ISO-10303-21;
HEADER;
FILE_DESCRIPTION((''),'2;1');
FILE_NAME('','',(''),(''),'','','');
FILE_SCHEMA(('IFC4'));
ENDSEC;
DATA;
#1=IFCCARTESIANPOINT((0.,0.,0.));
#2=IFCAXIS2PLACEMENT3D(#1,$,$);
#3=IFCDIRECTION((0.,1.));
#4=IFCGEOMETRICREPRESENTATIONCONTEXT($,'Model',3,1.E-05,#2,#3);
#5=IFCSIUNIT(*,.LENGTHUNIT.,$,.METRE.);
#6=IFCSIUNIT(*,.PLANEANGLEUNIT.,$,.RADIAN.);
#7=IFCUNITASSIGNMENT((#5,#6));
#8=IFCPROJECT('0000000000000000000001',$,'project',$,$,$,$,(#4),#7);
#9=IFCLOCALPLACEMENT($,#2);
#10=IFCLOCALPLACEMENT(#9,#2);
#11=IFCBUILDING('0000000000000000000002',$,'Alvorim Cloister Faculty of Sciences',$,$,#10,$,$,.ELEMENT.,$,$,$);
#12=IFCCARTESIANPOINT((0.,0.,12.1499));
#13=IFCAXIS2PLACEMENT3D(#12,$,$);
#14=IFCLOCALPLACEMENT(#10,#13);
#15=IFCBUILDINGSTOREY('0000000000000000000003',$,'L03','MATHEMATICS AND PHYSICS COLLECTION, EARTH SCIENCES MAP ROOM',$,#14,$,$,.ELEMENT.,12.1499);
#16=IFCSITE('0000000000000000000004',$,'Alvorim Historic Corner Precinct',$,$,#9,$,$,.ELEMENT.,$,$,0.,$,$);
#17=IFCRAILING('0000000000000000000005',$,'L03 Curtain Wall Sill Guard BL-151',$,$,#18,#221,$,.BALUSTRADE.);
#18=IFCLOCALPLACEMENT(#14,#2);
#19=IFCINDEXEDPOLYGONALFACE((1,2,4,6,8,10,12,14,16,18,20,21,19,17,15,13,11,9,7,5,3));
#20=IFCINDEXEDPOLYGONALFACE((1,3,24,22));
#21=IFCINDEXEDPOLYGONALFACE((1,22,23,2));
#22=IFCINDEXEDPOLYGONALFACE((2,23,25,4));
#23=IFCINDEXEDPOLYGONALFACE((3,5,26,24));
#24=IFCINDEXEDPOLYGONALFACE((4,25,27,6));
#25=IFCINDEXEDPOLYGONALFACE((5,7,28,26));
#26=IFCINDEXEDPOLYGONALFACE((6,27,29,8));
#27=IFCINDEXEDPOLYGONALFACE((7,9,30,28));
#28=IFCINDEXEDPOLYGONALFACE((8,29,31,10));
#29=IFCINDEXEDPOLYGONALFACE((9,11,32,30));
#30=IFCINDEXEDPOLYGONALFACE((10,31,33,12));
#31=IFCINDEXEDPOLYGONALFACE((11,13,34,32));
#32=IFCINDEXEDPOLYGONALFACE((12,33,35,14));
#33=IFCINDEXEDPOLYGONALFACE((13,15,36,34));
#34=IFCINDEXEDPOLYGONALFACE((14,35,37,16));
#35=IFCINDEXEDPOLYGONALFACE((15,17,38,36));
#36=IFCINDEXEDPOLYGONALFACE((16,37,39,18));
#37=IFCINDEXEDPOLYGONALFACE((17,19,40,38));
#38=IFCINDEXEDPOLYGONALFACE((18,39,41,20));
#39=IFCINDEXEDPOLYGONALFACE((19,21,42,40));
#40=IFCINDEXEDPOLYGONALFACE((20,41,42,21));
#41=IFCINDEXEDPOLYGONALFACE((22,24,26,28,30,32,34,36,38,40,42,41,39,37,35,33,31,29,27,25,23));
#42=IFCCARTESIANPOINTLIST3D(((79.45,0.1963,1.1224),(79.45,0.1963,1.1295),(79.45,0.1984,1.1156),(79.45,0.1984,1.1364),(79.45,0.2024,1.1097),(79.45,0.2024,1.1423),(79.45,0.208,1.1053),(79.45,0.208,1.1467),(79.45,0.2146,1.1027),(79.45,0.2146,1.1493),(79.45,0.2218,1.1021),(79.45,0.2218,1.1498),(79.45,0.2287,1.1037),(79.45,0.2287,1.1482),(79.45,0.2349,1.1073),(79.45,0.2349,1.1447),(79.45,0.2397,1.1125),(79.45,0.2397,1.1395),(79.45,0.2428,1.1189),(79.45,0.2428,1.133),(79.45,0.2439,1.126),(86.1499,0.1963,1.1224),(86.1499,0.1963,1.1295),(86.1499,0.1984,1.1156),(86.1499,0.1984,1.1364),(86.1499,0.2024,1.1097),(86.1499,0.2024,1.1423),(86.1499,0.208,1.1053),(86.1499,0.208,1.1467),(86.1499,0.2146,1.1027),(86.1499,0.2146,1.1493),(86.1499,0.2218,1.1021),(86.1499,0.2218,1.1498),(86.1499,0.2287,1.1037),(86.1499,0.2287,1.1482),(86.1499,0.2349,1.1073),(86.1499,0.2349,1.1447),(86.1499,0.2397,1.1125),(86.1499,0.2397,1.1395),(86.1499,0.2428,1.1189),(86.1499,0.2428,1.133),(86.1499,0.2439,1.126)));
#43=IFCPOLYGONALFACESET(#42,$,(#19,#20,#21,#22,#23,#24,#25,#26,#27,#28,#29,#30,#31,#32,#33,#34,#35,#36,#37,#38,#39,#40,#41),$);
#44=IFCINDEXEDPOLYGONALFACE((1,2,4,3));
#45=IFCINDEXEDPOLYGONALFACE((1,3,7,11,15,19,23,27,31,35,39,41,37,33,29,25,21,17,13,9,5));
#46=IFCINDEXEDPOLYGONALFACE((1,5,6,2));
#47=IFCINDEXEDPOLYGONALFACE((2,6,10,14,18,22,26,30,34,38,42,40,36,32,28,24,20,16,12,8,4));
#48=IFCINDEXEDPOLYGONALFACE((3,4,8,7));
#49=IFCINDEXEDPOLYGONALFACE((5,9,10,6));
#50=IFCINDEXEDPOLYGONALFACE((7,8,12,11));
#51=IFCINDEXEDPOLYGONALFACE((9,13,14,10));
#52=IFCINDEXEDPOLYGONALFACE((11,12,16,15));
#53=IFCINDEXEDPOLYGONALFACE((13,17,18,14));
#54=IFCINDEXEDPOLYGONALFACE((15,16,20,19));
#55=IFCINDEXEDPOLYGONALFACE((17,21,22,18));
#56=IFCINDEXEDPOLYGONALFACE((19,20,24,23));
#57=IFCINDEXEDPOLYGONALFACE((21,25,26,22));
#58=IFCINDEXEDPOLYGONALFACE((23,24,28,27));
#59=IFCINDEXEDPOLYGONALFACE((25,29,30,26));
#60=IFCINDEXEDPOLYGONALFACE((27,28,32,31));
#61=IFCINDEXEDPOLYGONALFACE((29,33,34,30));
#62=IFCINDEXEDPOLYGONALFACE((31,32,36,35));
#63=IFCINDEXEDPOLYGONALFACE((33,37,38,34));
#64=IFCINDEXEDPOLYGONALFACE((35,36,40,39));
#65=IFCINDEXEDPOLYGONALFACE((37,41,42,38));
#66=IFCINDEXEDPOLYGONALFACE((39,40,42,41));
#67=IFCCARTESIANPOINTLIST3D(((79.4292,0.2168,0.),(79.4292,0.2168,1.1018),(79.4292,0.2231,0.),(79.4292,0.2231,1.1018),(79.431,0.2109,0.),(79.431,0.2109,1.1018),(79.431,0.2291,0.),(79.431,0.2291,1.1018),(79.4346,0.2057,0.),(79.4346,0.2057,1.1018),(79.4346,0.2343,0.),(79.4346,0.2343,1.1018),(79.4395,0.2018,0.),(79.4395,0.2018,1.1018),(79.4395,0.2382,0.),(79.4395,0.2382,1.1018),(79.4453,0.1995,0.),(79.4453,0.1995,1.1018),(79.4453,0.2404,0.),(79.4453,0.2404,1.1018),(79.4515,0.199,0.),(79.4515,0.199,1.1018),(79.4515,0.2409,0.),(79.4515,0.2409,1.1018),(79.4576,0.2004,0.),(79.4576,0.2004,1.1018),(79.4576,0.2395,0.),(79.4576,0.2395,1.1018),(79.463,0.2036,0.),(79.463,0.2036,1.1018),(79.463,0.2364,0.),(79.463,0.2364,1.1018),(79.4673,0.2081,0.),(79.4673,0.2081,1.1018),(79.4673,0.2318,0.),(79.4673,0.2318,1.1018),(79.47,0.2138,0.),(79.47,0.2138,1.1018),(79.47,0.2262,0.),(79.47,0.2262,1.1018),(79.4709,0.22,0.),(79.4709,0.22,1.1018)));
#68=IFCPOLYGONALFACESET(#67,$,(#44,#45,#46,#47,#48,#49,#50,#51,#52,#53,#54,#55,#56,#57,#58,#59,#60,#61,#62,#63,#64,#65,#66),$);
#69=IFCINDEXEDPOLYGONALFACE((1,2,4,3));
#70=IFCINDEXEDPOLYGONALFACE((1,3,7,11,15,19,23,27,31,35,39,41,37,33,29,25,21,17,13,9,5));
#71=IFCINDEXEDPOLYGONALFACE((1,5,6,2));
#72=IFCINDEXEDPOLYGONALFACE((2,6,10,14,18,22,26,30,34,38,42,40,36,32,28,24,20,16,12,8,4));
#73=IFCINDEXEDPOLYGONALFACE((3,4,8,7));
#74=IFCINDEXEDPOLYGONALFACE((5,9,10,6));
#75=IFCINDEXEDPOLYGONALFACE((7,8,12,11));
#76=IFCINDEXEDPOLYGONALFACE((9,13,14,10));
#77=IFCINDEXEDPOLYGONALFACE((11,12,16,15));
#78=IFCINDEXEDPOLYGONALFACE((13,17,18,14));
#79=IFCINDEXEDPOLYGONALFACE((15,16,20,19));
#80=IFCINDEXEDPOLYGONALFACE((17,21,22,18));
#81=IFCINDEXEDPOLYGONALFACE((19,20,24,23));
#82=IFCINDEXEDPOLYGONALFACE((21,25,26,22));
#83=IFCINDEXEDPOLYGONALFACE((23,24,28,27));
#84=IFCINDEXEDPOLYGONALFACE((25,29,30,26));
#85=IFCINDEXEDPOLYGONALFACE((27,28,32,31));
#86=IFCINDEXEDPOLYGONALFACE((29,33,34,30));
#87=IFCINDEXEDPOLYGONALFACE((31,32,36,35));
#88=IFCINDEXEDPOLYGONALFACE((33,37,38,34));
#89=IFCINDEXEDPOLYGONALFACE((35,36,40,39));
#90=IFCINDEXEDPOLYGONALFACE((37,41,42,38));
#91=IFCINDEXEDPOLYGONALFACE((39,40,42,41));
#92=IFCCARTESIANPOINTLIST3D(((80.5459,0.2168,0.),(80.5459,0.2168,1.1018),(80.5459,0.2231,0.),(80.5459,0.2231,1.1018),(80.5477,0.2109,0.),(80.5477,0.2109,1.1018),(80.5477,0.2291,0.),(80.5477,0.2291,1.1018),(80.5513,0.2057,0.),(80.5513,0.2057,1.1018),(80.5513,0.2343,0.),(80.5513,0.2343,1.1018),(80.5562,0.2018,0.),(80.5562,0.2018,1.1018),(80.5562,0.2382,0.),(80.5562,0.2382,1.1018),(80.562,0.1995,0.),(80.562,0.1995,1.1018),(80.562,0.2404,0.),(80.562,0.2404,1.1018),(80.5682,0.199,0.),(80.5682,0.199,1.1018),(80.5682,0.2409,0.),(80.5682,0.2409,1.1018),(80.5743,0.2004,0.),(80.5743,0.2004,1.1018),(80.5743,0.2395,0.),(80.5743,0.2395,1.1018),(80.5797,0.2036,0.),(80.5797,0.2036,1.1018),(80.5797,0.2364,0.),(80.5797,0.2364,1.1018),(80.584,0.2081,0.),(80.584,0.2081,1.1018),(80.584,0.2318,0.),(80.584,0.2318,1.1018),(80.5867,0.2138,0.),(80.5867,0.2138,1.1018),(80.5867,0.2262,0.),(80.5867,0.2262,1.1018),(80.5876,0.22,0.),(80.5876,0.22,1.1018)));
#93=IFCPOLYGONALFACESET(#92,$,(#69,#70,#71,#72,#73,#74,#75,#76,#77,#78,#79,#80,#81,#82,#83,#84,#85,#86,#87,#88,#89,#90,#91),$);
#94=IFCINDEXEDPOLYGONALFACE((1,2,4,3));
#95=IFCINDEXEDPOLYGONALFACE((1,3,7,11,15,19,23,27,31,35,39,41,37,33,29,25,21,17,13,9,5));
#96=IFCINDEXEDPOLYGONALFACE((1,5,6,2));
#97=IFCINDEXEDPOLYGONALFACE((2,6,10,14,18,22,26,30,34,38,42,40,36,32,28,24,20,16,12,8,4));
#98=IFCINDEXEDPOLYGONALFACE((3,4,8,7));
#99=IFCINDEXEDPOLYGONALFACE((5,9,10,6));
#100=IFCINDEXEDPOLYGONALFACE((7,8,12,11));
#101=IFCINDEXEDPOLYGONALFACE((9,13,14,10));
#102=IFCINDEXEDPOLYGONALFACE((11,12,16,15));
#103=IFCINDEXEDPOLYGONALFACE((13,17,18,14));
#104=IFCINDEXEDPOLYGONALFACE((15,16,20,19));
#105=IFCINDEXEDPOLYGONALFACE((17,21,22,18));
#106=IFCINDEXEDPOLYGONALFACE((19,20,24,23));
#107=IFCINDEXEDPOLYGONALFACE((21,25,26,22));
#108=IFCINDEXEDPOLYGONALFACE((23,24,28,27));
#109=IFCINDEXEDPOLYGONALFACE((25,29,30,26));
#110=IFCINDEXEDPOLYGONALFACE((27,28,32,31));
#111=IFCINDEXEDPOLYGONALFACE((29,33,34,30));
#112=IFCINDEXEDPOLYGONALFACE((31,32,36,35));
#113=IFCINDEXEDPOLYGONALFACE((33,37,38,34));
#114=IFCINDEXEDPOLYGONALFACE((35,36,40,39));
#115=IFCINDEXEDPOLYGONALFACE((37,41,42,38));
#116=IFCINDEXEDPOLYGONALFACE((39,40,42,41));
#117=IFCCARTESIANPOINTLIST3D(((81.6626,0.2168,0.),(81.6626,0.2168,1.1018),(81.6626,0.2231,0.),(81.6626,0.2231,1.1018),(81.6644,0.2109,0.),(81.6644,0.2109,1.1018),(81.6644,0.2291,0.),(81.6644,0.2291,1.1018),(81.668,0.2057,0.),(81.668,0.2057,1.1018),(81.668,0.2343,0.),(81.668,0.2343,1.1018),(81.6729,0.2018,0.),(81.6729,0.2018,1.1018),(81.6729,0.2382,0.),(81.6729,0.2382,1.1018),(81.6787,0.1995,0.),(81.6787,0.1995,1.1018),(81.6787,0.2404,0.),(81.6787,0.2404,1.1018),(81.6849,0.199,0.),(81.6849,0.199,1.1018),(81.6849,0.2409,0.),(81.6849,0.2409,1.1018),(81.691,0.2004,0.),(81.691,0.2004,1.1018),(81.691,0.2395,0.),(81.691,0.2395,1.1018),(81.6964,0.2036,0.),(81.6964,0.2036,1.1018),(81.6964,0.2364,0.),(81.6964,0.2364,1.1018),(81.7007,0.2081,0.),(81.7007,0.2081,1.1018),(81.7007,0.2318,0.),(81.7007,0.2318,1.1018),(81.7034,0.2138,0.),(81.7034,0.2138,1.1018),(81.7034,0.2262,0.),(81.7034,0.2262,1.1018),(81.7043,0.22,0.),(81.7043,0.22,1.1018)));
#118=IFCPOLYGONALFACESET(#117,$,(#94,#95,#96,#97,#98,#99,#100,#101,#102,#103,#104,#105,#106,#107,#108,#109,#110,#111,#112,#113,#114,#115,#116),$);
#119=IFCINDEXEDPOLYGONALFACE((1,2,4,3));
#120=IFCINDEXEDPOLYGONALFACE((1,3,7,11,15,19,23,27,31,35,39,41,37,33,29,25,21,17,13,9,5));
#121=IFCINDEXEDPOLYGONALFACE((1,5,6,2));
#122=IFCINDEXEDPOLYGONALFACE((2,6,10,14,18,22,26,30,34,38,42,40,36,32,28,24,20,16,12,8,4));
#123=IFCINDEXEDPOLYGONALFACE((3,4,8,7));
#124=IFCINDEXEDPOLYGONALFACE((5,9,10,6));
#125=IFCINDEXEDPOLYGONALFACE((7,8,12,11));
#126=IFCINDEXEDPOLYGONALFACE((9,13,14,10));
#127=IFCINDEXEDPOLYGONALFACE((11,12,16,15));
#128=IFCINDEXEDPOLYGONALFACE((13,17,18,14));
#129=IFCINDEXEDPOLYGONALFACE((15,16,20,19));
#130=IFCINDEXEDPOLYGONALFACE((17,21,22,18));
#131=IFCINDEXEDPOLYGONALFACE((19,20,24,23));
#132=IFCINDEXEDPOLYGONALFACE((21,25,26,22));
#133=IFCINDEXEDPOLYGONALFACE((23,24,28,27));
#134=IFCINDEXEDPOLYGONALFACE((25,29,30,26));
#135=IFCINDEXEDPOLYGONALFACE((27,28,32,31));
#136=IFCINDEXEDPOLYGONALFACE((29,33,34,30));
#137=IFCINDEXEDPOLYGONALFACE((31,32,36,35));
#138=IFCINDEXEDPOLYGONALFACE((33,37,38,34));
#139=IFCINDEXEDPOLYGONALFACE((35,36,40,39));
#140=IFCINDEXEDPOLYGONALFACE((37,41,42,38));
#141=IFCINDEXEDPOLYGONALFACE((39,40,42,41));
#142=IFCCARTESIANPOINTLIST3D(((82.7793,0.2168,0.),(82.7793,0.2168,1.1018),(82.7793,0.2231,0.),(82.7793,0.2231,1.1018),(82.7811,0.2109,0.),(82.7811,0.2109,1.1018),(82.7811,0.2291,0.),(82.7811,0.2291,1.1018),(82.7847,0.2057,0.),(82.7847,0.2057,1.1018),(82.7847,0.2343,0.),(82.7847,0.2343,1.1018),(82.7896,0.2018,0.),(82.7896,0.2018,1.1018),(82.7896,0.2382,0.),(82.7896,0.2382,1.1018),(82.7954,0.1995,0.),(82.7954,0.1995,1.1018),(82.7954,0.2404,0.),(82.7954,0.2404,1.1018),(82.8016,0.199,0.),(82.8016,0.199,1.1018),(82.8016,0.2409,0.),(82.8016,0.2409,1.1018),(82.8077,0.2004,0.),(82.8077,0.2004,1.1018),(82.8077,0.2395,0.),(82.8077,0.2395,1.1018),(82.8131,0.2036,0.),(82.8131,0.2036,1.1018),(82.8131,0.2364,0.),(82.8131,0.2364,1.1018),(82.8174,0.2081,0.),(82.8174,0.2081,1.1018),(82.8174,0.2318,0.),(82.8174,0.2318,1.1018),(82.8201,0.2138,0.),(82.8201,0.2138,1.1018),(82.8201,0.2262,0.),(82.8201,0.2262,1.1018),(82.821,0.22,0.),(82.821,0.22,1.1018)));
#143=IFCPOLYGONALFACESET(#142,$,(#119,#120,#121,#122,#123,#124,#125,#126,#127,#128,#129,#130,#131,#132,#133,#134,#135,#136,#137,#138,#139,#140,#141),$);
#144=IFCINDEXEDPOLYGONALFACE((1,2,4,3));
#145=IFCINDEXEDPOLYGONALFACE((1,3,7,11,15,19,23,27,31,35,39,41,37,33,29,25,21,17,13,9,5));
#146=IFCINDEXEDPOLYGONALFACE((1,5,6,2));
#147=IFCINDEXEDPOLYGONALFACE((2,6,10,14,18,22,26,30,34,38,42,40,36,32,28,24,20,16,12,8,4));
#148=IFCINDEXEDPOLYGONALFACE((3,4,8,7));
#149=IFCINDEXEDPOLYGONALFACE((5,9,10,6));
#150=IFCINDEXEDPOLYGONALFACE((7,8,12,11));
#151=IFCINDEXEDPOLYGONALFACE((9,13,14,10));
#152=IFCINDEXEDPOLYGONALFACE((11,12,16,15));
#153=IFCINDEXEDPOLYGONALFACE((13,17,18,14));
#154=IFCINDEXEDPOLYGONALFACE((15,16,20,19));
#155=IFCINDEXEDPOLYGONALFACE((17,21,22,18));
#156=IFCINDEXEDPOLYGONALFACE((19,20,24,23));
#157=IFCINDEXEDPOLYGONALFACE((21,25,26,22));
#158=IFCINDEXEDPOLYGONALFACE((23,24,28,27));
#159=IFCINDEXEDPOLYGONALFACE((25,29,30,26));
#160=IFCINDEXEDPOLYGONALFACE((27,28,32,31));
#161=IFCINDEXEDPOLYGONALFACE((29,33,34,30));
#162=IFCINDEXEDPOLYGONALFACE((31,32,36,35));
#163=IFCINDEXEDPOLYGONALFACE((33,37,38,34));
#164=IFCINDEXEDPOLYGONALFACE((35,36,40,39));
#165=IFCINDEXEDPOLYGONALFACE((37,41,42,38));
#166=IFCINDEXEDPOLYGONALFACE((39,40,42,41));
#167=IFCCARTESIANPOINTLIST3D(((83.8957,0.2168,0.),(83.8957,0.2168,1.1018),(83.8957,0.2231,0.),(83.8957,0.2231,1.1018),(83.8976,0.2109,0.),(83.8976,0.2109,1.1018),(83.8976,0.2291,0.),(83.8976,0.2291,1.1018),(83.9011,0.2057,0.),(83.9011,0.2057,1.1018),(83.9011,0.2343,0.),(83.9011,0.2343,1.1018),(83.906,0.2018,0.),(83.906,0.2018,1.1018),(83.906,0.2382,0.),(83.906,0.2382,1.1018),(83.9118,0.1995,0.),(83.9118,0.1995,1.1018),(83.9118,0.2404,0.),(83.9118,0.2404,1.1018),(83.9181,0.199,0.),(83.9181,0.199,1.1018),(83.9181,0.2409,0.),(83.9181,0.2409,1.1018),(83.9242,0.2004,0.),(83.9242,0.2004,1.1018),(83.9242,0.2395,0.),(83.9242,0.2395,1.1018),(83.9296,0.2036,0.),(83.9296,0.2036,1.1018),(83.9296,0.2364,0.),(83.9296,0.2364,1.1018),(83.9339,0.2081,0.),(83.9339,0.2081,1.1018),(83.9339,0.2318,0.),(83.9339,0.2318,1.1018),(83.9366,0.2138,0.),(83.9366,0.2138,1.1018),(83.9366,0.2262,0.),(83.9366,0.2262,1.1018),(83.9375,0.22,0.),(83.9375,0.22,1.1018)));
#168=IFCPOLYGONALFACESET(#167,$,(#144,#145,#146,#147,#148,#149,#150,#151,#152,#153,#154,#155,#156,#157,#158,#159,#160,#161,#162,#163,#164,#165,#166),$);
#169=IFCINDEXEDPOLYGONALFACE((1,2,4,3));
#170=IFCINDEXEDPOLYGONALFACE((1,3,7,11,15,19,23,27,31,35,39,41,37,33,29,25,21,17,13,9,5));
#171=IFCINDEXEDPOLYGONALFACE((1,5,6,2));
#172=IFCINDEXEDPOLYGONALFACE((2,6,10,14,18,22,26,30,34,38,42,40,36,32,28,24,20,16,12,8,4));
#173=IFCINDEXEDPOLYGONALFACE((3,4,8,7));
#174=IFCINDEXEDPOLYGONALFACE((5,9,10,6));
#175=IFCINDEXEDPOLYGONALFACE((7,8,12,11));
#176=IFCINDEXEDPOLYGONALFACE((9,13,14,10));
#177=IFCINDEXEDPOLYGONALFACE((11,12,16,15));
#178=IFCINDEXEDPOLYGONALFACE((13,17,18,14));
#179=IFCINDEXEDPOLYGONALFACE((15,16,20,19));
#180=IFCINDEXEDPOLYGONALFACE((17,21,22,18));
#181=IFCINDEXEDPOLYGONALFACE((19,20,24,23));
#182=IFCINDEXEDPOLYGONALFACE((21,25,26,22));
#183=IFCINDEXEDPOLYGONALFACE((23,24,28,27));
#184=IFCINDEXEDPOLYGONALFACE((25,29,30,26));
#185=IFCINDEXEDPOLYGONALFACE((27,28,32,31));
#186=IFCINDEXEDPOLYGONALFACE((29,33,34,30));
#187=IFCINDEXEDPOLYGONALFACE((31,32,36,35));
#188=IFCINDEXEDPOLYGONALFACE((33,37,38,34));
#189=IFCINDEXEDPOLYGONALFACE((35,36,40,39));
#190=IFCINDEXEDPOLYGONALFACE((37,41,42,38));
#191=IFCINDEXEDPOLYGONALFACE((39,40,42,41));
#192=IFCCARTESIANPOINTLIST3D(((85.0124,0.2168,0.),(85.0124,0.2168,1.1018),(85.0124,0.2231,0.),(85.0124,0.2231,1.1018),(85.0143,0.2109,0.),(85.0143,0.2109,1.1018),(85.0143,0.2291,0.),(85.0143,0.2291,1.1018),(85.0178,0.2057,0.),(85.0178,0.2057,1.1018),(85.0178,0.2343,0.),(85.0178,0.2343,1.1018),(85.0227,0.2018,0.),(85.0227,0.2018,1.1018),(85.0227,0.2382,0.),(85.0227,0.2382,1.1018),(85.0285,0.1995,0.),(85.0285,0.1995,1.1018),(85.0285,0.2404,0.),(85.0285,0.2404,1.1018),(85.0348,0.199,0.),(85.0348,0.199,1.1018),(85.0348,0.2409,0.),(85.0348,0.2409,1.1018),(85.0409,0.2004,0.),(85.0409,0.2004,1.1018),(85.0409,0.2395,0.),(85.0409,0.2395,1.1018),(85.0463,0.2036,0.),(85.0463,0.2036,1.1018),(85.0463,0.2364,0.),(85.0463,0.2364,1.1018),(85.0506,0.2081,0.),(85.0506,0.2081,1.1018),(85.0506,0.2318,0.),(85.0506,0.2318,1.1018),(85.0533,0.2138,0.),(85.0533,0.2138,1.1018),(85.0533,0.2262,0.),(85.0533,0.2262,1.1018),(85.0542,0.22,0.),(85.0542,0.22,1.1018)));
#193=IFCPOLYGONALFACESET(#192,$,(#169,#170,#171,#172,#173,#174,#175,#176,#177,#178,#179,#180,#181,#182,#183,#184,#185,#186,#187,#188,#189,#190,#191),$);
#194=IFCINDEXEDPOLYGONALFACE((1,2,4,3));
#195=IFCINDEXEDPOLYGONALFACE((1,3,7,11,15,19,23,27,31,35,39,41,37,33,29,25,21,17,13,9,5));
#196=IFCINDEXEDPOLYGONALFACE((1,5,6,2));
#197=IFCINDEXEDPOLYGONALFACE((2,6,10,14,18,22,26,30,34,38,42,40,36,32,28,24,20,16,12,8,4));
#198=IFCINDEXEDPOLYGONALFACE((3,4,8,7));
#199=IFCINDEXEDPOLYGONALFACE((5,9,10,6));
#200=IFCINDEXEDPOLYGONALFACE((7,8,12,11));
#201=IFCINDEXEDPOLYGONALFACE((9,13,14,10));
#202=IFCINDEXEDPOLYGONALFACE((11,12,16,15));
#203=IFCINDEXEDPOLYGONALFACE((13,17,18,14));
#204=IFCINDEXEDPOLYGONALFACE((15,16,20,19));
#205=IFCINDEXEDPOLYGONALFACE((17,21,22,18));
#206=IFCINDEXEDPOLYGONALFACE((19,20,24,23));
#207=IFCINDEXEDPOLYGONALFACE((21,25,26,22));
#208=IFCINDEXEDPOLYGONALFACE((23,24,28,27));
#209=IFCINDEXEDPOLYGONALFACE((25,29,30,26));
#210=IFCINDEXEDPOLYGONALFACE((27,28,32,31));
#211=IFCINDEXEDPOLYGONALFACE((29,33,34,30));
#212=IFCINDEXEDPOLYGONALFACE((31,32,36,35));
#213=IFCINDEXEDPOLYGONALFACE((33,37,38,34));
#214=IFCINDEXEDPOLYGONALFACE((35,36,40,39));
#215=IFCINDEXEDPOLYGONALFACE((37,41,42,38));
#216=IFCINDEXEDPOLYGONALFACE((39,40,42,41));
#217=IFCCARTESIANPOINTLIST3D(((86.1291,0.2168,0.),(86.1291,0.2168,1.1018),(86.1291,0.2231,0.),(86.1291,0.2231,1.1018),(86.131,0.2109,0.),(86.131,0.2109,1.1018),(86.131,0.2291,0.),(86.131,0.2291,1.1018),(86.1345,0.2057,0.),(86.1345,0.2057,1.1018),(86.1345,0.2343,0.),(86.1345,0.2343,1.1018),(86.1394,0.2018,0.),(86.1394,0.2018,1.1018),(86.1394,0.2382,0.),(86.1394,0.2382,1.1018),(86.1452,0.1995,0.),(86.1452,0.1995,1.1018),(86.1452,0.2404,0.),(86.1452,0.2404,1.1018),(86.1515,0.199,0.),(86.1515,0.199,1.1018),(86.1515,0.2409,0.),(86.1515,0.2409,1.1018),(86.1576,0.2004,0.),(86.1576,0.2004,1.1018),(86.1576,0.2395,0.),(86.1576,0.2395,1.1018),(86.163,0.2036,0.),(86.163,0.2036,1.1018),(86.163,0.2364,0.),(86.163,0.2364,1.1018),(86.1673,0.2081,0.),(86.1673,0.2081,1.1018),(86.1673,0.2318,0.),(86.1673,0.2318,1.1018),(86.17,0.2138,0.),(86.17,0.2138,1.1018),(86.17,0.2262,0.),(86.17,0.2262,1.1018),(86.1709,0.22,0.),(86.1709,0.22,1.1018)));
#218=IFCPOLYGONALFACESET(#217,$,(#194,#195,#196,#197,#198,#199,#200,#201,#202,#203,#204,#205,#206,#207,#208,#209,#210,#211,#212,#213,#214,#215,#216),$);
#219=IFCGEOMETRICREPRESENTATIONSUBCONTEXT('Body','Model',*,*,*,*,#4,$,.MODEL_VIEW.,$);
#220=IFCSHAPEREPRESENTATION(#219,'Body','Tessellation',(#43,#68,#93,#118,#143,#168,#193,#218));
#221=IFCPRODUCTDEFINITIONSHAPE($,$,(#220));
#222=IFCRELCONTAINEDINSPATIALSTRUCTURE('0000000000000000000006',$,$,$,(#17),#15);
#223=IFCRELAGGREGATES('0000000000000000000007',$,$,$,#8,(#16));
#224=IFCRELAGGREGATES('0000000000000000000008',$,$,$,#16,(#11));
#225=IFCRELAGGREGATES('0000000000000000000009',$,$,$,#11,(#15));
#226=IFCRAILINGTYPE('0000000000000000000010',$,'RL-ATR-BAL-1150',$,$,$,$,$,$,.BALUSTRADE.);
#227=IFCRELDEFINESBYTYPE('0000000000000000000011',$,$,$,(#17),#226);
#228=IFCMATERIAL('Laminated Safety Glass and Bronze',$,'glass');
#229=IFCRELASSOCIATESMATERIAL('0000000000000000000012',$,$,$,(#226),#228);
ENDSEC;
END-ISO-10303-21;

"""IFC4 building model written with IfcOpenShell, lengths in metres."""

from ifc_helpers import new_model, si_unit, direction, frame, origin, origin_2d, place, context, subcontext, project, spatial, circle, extrude, material, type_object, element, save


model = new_model("IFC4")

# Units and contexts
model_context = context("Model", 3, precision=1e-05, world=origin(), true_north=direction((0.0, 1.0)))
body_context = subcontext(model_context, "Body", "Model", "MODEL_VIEW")
ifc_project = project(units=[si_unit("LENGTHUNIT", "METRE"), si_unit("PLANEANGLEUNIT", "RADIAN")], contexts=[model_context])

# Site, building, storey
site_placement = place(None, origin())
site = spatial("IfcSite", under=ifc_project, at=site_placement, Name="Alvorim Historic Corner Precinct", CompositionType="ELEMENT", RefElevation=0.0)
building_placement = place(site_placement, origin())
building = spatial("IfcBuilding", under=site, at=building_placement, Name="Alvorim Cloister Faculty of Sciences", CompositionType="ELEMENT")
storey_placement = place(building_placement, frame((0.0, 0.0, 12.1499)))
storey = spatial("IfcBuildingStorey", under=building, at=storey_placement, Name="L03", Description="MATHEMATICS AND PHYSICS COLLECTION, EARTH SCIENCES MAP ROOM", CompositionType="ELEMENT", Elevation=12.1499)

# Railing
ifc_material_1 = material(Name="Laminated Safety Glass and Bronze", Category="glass")
railing_type_1 = type_object("IfcRailingType", Name="RL-ATR-BAL-1150", PredefinedType="BALUSTRADE", material=ifc_material_1)
railing_1_placement = place(storey_placement, frame((79.45, 0.22, 0.0)))
element("IfcRailing", 1, at=railing_1_placement, inside=storey, type_object=railing_type_1, Name="L03 Curtain Wall Sill Guard BL-151", PredefinedType="BALUSTRADE", context=body_context, shape_type="SweptSolid", body=[
    extrude(circle(Radius=0.0239, at=origin_2d()), frame((0.0, 0.0, 1.126), z_axis=(1.0, 0.0, 0.0), x_axis=(0.0, 1.0, 0.0)), (0.0, 0.0, 1.0), 6.7),
    extrude(circle(Radius=0.021, at=origin_2d()), origin(), (0.0, 0.0, 1.0), 1.1018),
    extrude(circle(Radius=0.021, at=origin_2d()), frame((1.1167, 0.0, 0.0)), (0.0, 0.0, 1.0), 1.1018),
    extrude(circle(Radius=0.021, at=origin_2d()), frame((2.2334, 0.0, 0.0)), (0.0, 0.0, 1.0), 1.1018),
    extrude(circle(Radius=0.021, at=origin_2d()), frame((3.3501, 0.0, 0.0)), (0.0, 0.0, 1.0), 1.1018),
    extrude(circle(Radius=0.021, at=origin_2d()), frame((4.4666, 0.0, 0.0)), (0.0, 0.0, 1.0), 1.1018),
    extrude(circle(Radius=0.021, at=origin_2d()), frame((5.5833, 0.0, 0.0)), (0.0, 0.0, 1.0), 1.1018),
    extrude(circle(Radius=0.021, at=origin_2d()), frame((6.7, 0.0, 0.0)), (0.0, 0.0, 1.0), 1.1018),
])

save(model, "model.ifc")
